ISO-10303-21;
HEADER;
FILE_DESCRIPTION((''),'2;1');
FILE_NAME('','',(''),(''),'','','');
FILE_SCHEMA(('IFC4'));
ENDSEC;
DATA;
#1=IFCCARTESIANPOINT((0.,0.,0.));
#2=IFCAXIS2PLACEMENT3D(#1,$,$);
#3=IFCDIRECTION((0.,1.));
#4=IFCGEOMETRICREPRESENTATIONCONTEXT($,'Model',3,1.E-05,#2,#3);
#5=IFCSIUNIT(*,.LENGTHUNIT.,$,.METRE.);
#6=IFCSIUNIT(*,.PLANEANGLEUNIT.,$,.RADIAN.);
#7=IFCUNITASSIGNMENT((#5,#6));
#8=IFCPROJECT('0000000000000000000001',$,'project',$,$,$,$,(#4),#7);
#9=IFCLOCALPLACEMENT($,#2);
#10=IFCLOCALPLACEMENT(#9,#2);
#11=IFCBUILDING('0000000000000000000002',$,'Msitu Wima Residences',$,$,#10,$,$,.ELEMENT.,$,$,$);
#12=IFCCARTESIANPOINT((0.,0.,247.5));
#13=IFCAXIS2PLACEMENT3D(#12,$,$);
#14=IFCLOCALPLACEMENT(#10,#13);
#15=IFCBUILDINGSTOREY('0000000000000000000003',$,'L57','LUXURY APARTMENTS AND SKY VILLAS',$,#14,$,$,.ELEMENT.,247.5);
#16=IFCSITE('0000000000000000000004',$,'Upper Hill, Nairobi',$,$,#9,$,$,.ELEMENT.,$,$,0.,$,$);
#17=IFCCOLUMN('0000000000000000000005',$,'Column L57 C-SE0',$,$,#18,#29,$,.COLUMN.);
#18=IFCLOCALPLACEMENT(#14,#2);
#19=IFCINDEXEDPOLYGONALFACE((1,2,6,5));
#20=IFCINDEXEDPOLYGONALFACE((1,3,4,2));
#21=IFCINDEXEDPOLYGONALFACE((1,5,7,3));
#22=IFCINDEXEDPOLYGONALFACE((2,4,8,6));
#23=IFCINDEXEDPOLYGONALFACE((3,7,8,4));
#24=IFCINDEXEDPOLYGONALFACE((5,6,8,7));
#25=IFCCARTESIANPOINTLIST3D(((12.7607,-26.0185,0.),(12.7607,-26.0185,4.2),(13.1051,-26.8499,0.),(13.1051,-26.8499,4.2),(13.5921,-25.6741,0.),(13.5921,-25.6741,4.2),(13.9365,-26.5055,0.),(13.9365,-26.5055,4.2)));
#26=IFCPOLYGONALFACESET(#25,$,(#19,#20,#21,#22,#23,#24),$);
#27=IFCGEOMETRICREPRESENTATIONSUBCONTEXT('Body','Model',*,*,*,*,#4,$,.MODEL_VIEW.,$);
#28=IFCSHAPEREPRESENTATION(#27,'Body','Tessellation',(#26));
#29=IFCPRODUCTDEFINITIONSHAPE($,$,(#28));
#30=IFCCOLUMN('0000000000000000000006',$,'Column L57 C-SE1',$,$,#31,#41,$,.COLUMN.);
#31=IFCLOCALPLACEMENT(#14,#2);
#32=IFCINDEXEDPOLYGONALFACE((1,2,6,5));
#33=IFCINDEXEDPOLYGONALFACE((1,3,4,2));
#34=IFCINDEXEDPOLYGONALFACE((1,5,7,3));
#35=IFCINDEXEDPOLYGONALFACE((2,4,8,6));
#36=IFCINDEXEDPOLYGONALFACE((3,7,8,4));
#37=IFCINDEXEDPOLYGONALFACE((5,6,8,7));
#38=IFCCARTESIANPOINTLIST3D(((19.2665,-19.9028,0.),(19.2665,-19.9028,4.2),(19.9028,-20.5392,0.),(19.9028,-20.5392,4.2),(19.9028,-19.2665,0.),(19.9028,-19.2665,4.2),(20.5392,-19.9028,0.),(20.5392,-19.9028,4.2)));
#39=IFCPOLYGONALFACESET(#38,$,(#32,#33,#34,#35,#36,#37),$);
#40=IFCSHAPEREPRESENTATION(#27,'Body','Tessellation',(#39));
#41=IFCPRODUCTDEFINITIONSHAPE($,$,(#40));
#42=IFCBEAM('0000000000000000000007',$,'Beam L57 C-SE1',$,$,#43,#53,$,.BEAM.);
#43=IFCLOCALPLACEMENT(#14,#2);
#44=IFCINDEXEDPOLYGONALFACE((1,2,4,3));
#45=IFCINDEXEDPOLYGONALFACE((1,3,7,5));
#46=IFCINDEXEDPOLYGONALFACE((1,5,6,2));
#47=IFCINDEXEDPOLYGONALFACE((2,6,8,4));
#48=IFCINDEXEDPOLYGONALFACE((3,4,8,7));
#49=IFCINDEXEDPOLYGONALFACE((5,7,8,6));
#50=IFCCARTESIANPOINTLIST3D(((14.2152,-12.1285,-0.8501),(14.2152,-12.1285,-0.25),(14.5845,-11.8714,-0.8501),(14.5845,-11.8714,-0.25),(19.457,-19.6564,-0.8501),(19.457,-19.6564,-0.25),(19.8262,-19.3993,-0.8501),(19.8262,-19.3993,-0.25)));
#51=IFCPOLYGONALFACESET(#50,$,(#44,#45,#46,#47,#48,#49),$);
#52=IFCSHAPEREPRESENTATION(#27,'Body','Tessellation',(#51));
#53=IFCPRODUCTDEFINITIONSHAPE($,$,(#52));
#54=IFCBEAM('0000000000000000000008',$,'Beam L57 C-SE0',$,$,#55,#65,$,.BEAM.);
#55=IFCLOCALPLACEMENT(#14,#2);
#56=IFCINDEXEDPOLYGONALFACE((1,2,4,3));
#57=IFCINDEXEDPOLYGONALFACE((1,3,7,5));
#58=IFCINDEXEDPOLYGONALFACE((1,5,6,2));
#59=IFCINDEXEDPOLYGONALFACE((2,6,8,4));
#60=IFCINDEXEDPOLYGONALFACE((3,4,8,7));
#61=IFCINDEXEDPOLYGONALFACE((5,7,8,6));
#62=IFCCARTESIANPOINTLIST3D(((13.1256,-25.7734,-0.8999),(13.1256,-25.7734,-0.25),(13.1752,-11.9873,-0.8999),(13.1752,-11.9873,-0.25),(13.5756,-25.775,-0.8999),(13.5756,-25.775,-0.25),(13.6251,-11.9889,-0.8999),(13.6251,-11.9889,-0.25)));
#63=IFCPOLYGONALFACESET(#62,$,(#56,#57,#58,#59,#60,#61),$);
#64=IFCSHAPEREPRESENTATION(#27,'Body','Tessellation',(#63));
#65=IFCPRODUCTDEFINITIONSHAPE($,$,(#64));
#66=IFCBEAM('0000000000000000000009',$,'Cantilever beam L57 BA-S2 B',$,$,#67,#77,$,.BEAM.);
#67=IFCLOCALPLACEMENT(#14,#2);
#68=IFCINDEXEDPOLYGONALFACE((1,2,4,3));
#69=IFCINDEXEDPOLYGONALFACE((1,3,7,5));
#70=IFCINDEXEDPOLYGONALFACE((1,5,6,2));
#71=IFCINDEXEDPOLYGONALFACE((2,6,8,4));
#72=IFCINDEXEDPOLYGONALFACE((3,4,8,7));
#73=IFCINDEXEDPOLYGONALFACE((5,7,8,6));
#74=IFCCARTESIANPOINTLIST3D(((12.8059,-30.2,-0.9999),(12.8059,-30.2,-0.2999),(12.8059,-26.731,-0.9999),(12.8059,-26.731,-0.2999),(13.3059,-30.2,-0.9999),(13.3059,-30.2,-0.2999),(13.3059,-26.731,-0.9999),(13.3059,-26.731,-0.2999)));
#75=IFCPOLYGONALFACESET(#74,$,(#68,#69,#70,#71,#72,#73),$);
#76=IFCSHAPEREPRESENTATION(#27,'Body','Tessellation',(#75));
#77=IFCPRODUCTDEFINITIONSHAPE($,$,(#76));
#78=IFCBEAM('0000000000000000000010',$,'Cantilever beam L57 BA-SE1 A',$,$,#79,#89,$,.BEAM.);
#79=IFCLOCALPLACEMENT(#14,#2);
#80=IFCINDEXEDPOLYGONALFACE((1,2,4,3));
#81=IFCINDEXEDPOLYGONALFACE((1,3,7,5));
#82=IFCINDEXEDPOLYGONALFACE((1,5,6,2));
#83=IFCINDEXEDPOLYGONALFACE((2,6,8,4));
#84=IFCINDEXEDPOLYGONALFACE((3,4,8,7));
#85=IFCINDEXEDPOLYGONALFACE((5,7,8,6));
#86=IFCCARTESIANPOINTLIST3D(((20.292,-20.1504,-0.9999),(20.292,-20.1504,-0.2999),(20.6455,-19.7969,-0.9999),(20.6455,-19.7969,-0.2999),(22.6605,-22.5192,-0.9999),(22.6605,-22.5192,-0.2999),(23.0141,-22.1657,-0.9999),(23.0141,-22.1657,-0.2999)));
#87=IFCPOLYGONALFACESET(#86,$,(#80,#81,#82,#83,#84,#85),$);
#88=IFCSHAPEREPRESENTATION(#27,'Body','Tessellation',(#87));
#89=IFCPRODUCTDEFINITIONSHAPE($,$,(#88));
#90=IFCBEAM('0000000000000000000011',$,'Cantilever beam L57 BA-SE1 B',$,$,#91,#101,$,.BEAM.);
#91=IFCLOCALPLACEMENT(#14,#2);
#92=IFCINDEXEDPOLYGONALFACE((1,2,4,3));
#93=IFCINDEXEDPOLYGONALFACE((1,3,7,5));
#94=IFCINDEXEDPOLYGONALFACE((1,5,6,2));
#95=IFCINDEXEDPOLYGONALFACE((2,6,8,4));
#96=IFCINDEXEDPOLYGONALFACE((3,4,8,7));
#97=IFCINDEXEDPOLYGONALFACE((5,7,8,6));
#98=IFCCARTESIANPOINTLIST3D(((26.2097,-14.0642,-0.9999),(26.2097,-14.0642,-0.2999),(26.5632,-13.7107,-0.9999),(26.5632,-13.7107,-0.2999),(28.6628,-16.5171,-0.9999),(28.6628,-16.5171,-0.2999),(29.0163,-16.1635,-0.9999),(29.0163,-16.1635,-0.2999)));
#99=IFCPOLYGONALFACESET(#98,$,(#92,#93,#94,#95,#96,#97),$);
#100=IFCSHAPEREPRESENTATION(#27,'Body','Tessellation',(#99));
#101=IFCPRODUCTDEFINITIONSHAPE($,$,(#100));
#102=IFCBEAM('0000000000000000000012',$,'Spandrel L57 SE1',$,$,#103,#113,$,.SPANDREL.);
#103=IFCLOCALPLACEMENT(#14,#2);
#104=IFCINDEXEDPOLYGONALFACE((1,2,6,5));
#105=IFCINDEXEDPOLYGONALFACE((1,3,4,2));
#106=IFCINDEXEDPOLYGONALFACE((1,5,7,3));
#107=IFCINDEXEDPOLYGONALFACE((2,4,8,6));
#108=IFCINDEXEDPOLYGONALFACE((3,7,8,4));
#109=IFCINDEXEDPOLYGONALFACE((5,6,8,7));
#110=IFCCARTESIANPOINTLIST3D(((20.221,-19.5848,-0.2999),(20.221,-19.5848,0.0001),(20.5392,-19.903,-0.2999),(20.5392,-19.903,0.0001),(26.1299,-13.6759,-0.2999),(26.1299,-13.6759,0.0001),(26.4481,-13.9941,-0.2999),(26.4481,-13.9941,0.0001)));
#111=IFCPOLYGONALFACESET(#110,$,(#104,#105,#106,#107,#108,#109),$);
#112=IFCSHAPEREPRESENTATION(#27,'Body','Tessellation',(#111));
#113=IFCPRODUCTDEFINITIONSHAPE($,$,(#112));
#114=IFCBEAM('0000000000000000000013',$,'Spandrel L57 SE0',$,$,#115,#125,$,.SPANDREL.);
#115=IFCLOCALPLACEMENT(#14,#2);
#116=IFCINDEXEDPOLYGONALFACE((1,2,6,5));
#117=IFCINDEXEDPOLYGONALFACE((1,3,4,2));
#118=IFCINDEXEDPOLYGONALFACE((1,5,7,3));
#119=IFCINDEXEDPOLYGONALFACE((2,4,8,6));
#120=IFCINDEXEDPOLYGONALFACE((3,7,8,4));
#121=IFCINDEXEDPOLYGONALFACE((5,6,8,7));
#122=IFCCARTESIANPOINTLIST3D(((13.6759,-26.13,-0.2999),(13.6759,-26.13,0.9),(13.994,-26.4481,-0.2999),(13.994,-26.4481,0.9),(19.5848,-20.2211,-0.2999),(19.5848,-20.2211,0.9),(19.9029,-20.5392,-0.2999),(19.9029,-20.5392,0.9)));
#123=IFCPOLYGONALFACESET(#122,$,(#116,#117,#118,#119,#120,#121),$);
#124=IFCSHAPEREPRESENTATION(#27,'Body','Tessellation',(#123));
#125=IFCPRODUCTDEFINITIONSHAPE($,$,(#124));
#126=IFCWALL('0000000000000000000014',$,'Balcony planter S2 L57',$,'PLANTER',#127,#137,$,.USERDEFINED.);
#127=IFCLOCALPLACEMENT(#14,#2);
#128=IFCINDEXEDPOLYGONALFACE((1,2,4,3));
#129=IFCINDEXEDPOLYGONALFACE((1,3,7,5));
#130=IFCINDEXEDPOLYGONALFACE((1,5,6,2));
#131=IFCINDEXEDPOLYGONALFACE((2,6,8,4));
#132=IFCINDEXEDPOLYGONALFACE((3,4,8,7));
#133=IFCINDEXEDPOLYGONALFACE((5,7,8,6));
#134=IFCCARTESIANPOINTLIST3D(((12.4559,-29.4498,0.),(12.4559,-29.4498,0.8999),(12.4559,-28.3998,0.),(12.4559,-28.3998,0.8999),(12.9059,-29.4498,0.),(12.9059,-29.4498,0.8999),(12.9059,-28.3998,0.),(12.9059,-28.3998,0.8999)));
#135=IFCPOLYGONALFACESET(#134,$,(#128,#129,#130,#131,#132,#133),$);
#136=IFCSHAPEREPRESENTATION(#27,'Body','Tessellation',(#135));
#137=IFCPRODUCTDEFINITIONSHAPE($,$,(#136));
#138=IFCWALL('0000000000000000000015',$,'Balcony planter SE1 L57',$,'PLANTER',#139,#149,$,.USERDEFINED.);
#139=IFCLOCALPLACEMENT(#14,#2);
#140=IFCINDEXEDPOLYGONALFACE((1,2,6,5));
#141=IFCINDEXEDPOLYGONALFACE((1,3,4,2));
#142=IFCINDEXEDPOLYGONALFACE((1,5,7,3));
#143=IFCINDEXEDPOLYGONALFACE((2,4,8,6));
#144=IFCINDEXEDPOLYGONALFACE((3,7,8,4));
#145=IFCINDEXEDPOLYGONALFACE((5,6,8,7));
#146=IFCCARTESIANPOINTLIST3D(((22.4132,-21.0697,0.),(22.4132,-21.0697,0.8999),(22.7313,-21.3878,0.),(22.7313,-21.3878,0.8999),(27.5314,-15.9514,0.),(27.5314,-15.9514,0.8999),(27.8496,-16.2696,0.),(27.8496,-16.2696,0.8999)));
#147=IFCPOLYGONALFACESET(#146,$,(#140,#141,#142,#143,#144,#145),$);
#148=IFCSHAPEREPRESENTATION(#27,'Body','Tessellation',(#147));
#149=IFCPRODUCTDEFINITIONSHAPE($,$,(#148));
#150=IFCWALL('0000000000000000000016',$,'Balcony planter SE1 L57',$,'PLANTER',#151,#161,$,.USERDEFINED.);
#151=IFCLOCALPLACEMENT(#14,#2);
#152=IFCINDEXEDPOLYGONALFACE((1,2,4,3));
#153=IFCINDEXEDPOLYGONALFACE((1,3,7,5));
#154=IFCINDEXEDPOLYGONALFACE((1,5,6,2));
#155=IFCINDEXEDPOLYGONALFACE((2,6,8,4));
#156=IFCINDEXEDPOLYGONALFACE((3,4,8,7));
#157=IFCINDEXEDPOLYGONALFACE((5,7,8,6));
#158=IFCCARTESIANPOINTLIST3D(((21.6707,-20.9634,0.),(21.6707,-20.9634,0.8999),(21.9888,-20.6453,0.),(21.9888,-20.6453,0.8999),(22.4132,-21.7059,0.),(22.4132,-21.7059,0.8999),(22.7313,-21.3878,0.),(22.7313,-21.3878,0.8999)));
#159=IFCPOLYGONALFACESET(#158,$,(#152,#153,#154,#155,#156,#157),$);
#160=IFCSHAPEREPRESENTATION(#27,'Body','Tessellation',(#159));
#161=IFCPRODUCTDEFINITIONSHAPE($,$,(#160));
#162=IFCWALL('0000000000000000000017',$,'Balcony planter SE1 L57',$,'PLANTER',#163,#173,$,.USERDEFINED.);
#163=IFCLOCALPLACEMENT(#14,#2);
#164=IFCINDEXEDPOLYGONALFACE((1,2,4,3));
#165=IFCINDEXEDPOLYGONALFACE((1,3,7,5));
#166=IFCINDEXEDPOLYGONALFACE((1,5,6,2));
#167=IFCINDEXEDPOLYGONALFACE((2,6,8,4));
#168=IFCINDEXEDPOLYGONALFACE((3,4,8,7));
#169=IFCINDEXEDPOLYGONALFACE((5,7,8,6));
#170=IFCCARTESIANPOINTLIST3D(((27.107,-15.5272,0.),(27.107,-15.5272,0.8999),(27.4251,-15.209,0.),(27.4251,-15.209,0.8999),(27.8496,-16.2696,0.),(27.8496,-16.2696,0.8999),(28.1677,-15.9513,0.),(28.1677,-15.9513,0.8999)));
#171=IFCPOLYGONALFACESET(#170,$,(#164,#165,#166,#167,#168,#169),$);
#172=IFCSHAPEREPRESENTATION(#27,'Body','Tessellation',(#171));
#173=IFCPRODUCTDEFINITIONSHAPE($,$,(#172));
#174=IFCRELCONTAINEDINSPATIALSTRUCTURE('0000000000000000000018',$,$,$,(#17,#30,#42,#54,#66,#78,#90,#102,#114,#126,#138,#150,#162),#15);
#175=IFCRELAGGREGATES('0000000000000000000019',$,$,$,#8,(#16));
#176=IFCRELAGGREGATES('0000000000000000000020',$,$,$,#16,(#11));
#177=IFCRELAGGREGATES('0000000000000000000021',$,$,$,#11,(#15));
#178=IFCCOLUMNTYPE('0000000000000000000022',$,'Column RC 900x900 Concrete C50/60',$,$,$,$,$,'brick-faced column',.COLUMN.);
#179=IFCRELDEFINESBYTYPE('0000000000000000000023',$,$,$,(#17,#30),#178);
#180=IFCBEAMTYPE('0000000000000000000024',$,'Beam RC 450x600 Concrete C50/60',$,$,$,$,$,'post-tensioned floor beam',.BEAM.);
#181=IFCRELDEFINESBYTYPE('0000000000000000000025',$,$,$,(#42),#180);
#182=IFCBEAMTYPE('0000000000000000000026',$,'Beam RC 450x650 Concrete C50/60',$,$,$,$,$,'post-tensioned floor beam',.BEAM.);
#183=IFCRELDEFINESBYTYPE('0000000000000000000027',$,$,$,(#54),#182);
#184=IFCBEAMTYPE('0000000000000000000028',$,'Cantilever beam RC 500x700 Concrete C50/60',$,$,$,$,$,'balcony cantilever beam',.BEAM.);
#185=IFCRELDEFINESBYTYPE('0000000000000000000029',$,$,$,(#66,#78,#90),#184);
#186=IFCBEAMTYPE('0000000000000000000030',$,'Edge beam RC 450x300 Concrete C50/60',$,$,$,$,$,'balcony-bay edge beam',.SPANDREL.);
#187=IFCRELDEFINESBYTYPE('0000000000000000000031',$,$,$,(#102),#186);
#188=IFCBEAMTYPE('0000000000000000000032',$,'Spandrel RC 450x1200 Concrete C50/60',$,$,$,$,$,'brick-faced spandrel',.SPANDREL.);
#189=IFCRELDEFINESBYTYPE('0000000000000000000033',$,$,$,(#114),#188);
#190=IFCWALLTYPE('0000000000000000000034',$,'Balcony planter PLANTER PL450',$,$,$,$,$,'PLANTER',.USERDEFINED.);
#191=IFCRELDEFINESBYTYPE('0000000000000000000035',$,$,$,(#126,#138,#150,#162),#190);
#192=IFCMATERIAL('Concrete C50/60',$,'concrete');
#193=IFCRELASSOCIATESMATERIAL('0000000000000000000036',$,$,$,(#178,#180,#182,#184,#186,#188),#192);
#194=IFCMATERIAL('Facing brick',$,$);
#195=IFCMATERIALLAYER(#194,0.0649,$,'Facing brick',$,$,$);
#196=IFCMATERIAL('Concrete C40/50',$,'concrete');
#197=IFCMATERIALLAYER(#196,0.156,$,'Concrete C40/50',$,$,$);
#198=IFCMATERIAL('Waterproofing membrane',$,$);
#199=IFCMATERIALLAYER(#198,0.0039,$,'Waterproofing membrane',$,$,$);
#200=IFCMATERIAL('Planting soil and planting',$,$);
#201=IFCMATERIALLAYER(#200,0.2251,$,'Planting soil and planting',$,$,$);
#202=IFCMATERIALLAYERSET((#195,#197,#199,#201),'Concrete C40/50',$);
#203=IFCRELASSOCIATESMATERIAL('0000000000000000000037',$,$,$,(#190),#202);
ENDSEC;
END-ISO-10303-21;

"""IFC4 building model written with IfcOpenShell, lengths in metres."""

from ifc_helpers import new_model, si_unit, direction, frame, frame_2d, origin, origin_2d, place, context, subcontext, project, spatial, rectangle, extrude, material, layer, layer_set, material_profile, profile_set, type_object, element, save


model = new_model("IFC4")

# Units and contexts
model_context = context("Model", 3, precision=1e-05, world=origin(), true_north=direction((0.0, 1.0)))
body_context = subcontext(model_context, "Body", "Model", "MODEL_VIEW")
ifc_project = project(units=[si_unit("LENGTHUNIT", "METRE"), si_unit("PLANEANGLEUNIT", "RADIAN")], contexts=[model_context])

# Site, building, storey
site_placement = place(None, origin())
site = spatial("IfcSite", under=ifc_project, at=site_placement, Name="Upper Hill, Nairobi", CompositionType="ELEMENT", RefElevation=0.0)
building_placement = place(site_placement, origin())
building = spatial("IfcBuilding", under=site, at=building_placement, Name="Msitu Wima Residences", CompositionType="ELEMENT")
storey_placement = place(building_placement, frame((0.0, 0.0, 247.5)))
storey = spatial("IfcBuildingStorey", under=building, at=storey_placement, Name="L57", Description="LUXURY APARTMENTS AND SKY VILLAS", CompositionType="ELEMENT", Elevation=247.5)

# Columns
ifc_material_1 = material(Name="Concrete C50/60", Category="concrete")
ifc_material_profile_1 = material_profile(ifc_material_1, rectangle(XDim=0.8999, YDim=0.8999, at=origin_2d()), Name="RC 900x900")
ifc_profile_set_1 = profile_set([ifc_material_profile_1], Name="Concrete C50/60")
column_type = type_object("IfcColumnType", Name="Column RC 900x900 Concrete C50/60", ElementType="brick-faced column", PredefinedType="COLUMN", material=ifc_profile_set_1)
for number, where, z_axis, x_axis, name in (
    (1, (13.3486, -26.262, 0.0), (0.0, 0.0, 1.0), (0.92388, 0.382683, 0.0), "Column L57 C-SE0"),
    (2, (19.9028, -19.9028, 0.0), (0.0, 0.0, 1.0), (0.707107, 0.707107, 0.0), "Column L57 C-SE1"),
):
    element("IfcColumn", number, at=place(storey_placement, frame(where, z_axis=z_axis, x_axis=x_axis)), inside=storey, type_object=column_type, Name=name, PredefinedType="COLUMN", context=body_context, shape_type="SweptSolid", body=[
        extrude(rectangle(XDim=0.8999, YDim=0.8999, at=origin_2d()), origin(), (0.0, 0.0, 1.0), 4.2),
    ])

# Beams
ifc_material_profile_2 = material_profile(ifc_material_1, rectangle(XDim=0.45, YDim=0.6001, at=origin_2d()), Name="RC 450x600")
ifc_profile_set_2 = profile_set([ifc_material_profile_2], Name="Concrete C50/60")
beam_type_1 = type_object("IfcBeamType", Name="Beam RC 450x600 Concrete C50/60", ElementType="post-tensioned floor beam", PredefinedType="BEAM", material=ifc_profile_set_2)
beam_1_placement = place(storey_placement, frame((19.6416, -19.5278, -0.55), z_axis=(-0.571428, 0.820652, 0.0), x_axis=(-0.820652, -0.571428, 0.0)))
element("IfcBeam", 3, at=beam_1_placement, inside=storey, type_object=beam_type_1, Name="Beam L57 C-SE1", PredefinedType="BEAM", context=body_context, shape_type="SweptSolid", body=[
    extrude(rectangle(XDim=0.45, YDim=0.6001, at=origin_2d()), origin(), (0.0, 0.0, 1.0), 9.1731),
])
ifc_material_profile_3 = material_profile(ifc_material_1, rectangle(XDim=0.45, YDim=0.6499, at=origin_2d()), Name="RC 450x650")
ifc_profile_set_3 = profile_set([ifc_material_profile_3], Name="Concrete C50/60")
beam_type_2 = type_object("IfcBeamType", Name="Beam RC 450x650 Concrete C50/60", ElementType="post-tensioned floor beam", PredefinedType="BEAM", material=ifc_profile_set_3)
beam_2_placement = place(storey_placement, frame((13.3506, -25.7742, -0.575), z_axis=(0.003595, 0.999994, 0.0), x_axis=(-0.999994, 0.003595, 0.0)))
element("IfcBeam", 4, at=beam_2_placement, inside=storey, type_object=beam_type_2, Name="Beam L57 C-SE0", PredefinedType="BEAM", context=body_context, shape_type="SweptSolid", body=[
    extrude(rectangle(XDim=0.45, YDim=0.6499, at=origin_2d()), origin(), (0.0, 0.0, 1.0), 13.7861),
])
ifc_material_profile_4 = material_profile(ifc_material_1, rectangle(XDim=0.5, YDim=0.7, at=origin_2d()), Name="RC 500x700")
ifc_profile_set_4 = profile_set([ifc_material_profile_4], Name="Concrete C50/60")
beam_type_3 = type_object("IfcBeamType", Name="Cantilever beam RC 500x700 Concrete C50/60", ElementType="balcony cantilever beam", PredefinedType="BEAM", material=ifc_profile_set_4)
beam_3_placement = place(storey_placement, frame((13.0559, -26.731, -0.6499), z_axis=(0.0, -1.0, 0.0), x_axis=(1.0, 0.0, 0.0)))
element("IfcBeam", 5, at=beam_3_placement, inside=storey, type_object=beam_type_3, Name="Cantilever beam L57 BA-S2 B", PredefinedType="BEAM", context=body_context, shape_type="SweptSolid", body=[
    extrude(rectangle(XDim=0.5, YDim=0.7, at=origin_2d()), origin(), (0.0, 0.0, 1.0), 3.469),
])
beam_4_placement = place(storey_placement, frame((20.4688, -19.9736, -0.6499), z_axis=(0.70707, -0.707143, 0.0), x_axis=(0.707143, 0.70707, 0.0)))
element("IfcBeam", 6, at=beam_4_placement, inside=storey, type_object=beam_type_3, Name="Cantilever beam L57 BA-SE1 A", PredefinedType="BEAM", context=body_context, shape_type="SweptSolid", body=[
    extrude(rectangle(XDim=0.5, YDim=0.7, at=origin_2d()), origin(), (0.0, 0.0, 1.0), 3.3499),
])
beam_5_placement = place(storey_placement, frame((26.3865, -13.8875, -0.6499), z_axis=(0.707142, -0.707072, 0.0), x_axis=(0.707072, 0.707142, 0.0)))
element("IfcBeam", 7, at=beam_5_placement, inside=storey, type_object=beam_type_3, Name="Cantilever beam L57 BA-SE1 B", PredefinedType="BEAM", context=body_context, shape_type="SweptSolid", body=[
    extrude(rectangle(XDim=0.5, YDim=0.7, at=origin_2d()), origin(), (0.0, 0.0, 1.0), 3.469),
])
ifc_material_profile_5 = material_profile(ifc_material_1, rectangle(XDim=0.45, YDim=0.3, at=origin_2d()), Name="RC 450x300")
ifc_profile_set_5 = profile_set([ifc_material_profile_5], Name="Concrete C50/60")
beam_type_4 = type_object("IfcBeamType", Name="Edge beam RC 450x300 Concrete C50/60", ElementType="balcony-bay edge beam", PredefinedType="SPANDREL", material=ifc_profile_set_5)
beam_6_placement = place(storey_placement, frame((20.3801, -19.7439, -0.1499), z_axis=(0.707107, 0.707107, 0.0), x_axis=(-0.707107, 0.707107, 0.0)))
element("IfcBeam", 8, at=beam_6_placement, inside=storey, type_object=beam_type_4, Name="Spandrel L57 SE1", PredefinedType="SPANDREL", context=body_context, shape_type="SweptSolid", body=[
    extrude(rectangle(XDim=0.45, YDim=0.3, at=origin_2d()), origin(), (0.0, 0.0, 1.0), 8.3564),
])
ifc_material_profile_6 = material_profile(ifc_material_1, rectangle(XDim=0.45, YDim=1.2, at=origin_2d()), Name="RC 450x1200")
ifc_profile_set_6 = profile_set([ifc_material_profile_6], Name="Concrete C50/60")
beam_type_5 = type_object("IfcBeamType", Name="Spandrel RC 450x1200 Concrete C50/60", ElementType="brick-faced spandrel", PredefinedType="SPANDREL", material=ifc_profile_set_6)
beam_7_placement = place(storey_placement, frame((13.835, -26.2891, 0.3), z_axis=(0.707107, 0.707107, 0.0), x_axis=(-0.707107, 0.707107, 0.0)))
element("IfcBeam", 9, at=beam_7_placement, inside=storey, type_object=beam_type_5, Name="Spandrel L57 SE0", PredefinedType="SPANDREL", context=body_context, shape_type="SweptSolid", body=[
    extrude(rectangle(XDim=0.45, YDim=1.2, at=origin_2d()), origin(), (0.0, 0.0, 1.0), 8.3564),
])

# Walls
ifc_material_2 = material(Name="Facing brick")
ifc_layer_1 = layer(ifc_material_2, 0.0649, Name="Facing brick")
ifc_material_3 = material(Name="Concrete C40/50", Category="concrete")
ifc_layer_2 = layer(ifc_material_3, 0.156, Name="Concrete C40/50")
ifc_material_4 = material(Name="Waterproofing membrane")
ifc_layer_3 = layer(ifc_material_4, 0.0039, Name="Waterproofing membrane")
ifc_material_5 = material(Name="Planting soil and planting")
ifc_layer_4 = layer(ifc_material_5, 0.2251, Name="Planting soil and planting")
ifc_layer_set_1 = layer_set([ifc_layer_1, ifc_layer_2, ifc_layer_3, ifc_layer_4], Name="Concrete C40/50")
wall_type_1 = type_object("IfcWallType", Name="Balcony planter PLANTER PL450", ElementType="PLANTER", PredefinedType="USERDEFINED", material=ifc_layer_set_1)
wall_1_placement = place(storey_placement, frame((12.6809, -28.3999, 0.0), z_axis=(0.0, 0.0, 1.0), x_axis=(0.0, -1.0, 0.0)))
element("IfcWall", 10, at=wall_1_placement, inside=storey, type_object=wall_type_1, Name="Balcony planter S2 L57", ObjectType="PLANTER", PredefinedType="USERDEFINED", context=body_context, shape_type="SweptSolid", body=[
    extrude(rectangle(XDim=1.05, YDim=0.45, at=frame_2d((0.5249, 0.0))), origin(), (0.0, 0.0, 1.0), 0.8999),
])
wall_2_placement = place(storey_placement, frame((22.5723, -21.2288, 0.0), z_axis=(0.0, 0.0, 1.0), x_axis=(0.707107, 0.707107, 0.0)))
element("IfcWall", 11, at=wall_2_placement, inside=storey, type_object=wall_type_1, Name="Balcony planter SE1 L57", ObjectType="PLANTER", PredefinedType="USERDEFINED", context=body_context, shape_type="SweptSolid", body=[
    extrude(rectangle(XDim=7.2383, YDim=0.45, at=frame_2d((3.6191, 0.0))), origin(), (0.0, 0.0, 1.0), 0.8999),
])
for number, where, z_axis, x_axis, name in (
    (12, (21.8298, -20.8044, 0.0), (0.0, 0.0, 1.0), (0.707107, -0.707107, 0.0), "Balcony planter SE1 L57"),
    (13, (27.2661, -15.3682, 0.0), (0.0, 0.0, 1.0), (0.707223, -0.706991, 0.0), "Balcony planter SE1 L57"),
):
    element("IfcWall", number, at=place(storey_placement, frame(where, z_axis=z_axis, x_axis=x_axis)), inside=storey, type_object=wall_type_1, Name=name, ObjectType="PLANTER", PredefinedType="USERDEFINED", context=body_context, shape_type="SweptSolid", body=[
        extrude(rectangle(XDim=1.05, YDim=0.45, at=frame_2d((0.5249, 0.0))), origin(), (0.0, 0.0, 1.0), 0.8999),
    ])

save(model, "model.ifc")
